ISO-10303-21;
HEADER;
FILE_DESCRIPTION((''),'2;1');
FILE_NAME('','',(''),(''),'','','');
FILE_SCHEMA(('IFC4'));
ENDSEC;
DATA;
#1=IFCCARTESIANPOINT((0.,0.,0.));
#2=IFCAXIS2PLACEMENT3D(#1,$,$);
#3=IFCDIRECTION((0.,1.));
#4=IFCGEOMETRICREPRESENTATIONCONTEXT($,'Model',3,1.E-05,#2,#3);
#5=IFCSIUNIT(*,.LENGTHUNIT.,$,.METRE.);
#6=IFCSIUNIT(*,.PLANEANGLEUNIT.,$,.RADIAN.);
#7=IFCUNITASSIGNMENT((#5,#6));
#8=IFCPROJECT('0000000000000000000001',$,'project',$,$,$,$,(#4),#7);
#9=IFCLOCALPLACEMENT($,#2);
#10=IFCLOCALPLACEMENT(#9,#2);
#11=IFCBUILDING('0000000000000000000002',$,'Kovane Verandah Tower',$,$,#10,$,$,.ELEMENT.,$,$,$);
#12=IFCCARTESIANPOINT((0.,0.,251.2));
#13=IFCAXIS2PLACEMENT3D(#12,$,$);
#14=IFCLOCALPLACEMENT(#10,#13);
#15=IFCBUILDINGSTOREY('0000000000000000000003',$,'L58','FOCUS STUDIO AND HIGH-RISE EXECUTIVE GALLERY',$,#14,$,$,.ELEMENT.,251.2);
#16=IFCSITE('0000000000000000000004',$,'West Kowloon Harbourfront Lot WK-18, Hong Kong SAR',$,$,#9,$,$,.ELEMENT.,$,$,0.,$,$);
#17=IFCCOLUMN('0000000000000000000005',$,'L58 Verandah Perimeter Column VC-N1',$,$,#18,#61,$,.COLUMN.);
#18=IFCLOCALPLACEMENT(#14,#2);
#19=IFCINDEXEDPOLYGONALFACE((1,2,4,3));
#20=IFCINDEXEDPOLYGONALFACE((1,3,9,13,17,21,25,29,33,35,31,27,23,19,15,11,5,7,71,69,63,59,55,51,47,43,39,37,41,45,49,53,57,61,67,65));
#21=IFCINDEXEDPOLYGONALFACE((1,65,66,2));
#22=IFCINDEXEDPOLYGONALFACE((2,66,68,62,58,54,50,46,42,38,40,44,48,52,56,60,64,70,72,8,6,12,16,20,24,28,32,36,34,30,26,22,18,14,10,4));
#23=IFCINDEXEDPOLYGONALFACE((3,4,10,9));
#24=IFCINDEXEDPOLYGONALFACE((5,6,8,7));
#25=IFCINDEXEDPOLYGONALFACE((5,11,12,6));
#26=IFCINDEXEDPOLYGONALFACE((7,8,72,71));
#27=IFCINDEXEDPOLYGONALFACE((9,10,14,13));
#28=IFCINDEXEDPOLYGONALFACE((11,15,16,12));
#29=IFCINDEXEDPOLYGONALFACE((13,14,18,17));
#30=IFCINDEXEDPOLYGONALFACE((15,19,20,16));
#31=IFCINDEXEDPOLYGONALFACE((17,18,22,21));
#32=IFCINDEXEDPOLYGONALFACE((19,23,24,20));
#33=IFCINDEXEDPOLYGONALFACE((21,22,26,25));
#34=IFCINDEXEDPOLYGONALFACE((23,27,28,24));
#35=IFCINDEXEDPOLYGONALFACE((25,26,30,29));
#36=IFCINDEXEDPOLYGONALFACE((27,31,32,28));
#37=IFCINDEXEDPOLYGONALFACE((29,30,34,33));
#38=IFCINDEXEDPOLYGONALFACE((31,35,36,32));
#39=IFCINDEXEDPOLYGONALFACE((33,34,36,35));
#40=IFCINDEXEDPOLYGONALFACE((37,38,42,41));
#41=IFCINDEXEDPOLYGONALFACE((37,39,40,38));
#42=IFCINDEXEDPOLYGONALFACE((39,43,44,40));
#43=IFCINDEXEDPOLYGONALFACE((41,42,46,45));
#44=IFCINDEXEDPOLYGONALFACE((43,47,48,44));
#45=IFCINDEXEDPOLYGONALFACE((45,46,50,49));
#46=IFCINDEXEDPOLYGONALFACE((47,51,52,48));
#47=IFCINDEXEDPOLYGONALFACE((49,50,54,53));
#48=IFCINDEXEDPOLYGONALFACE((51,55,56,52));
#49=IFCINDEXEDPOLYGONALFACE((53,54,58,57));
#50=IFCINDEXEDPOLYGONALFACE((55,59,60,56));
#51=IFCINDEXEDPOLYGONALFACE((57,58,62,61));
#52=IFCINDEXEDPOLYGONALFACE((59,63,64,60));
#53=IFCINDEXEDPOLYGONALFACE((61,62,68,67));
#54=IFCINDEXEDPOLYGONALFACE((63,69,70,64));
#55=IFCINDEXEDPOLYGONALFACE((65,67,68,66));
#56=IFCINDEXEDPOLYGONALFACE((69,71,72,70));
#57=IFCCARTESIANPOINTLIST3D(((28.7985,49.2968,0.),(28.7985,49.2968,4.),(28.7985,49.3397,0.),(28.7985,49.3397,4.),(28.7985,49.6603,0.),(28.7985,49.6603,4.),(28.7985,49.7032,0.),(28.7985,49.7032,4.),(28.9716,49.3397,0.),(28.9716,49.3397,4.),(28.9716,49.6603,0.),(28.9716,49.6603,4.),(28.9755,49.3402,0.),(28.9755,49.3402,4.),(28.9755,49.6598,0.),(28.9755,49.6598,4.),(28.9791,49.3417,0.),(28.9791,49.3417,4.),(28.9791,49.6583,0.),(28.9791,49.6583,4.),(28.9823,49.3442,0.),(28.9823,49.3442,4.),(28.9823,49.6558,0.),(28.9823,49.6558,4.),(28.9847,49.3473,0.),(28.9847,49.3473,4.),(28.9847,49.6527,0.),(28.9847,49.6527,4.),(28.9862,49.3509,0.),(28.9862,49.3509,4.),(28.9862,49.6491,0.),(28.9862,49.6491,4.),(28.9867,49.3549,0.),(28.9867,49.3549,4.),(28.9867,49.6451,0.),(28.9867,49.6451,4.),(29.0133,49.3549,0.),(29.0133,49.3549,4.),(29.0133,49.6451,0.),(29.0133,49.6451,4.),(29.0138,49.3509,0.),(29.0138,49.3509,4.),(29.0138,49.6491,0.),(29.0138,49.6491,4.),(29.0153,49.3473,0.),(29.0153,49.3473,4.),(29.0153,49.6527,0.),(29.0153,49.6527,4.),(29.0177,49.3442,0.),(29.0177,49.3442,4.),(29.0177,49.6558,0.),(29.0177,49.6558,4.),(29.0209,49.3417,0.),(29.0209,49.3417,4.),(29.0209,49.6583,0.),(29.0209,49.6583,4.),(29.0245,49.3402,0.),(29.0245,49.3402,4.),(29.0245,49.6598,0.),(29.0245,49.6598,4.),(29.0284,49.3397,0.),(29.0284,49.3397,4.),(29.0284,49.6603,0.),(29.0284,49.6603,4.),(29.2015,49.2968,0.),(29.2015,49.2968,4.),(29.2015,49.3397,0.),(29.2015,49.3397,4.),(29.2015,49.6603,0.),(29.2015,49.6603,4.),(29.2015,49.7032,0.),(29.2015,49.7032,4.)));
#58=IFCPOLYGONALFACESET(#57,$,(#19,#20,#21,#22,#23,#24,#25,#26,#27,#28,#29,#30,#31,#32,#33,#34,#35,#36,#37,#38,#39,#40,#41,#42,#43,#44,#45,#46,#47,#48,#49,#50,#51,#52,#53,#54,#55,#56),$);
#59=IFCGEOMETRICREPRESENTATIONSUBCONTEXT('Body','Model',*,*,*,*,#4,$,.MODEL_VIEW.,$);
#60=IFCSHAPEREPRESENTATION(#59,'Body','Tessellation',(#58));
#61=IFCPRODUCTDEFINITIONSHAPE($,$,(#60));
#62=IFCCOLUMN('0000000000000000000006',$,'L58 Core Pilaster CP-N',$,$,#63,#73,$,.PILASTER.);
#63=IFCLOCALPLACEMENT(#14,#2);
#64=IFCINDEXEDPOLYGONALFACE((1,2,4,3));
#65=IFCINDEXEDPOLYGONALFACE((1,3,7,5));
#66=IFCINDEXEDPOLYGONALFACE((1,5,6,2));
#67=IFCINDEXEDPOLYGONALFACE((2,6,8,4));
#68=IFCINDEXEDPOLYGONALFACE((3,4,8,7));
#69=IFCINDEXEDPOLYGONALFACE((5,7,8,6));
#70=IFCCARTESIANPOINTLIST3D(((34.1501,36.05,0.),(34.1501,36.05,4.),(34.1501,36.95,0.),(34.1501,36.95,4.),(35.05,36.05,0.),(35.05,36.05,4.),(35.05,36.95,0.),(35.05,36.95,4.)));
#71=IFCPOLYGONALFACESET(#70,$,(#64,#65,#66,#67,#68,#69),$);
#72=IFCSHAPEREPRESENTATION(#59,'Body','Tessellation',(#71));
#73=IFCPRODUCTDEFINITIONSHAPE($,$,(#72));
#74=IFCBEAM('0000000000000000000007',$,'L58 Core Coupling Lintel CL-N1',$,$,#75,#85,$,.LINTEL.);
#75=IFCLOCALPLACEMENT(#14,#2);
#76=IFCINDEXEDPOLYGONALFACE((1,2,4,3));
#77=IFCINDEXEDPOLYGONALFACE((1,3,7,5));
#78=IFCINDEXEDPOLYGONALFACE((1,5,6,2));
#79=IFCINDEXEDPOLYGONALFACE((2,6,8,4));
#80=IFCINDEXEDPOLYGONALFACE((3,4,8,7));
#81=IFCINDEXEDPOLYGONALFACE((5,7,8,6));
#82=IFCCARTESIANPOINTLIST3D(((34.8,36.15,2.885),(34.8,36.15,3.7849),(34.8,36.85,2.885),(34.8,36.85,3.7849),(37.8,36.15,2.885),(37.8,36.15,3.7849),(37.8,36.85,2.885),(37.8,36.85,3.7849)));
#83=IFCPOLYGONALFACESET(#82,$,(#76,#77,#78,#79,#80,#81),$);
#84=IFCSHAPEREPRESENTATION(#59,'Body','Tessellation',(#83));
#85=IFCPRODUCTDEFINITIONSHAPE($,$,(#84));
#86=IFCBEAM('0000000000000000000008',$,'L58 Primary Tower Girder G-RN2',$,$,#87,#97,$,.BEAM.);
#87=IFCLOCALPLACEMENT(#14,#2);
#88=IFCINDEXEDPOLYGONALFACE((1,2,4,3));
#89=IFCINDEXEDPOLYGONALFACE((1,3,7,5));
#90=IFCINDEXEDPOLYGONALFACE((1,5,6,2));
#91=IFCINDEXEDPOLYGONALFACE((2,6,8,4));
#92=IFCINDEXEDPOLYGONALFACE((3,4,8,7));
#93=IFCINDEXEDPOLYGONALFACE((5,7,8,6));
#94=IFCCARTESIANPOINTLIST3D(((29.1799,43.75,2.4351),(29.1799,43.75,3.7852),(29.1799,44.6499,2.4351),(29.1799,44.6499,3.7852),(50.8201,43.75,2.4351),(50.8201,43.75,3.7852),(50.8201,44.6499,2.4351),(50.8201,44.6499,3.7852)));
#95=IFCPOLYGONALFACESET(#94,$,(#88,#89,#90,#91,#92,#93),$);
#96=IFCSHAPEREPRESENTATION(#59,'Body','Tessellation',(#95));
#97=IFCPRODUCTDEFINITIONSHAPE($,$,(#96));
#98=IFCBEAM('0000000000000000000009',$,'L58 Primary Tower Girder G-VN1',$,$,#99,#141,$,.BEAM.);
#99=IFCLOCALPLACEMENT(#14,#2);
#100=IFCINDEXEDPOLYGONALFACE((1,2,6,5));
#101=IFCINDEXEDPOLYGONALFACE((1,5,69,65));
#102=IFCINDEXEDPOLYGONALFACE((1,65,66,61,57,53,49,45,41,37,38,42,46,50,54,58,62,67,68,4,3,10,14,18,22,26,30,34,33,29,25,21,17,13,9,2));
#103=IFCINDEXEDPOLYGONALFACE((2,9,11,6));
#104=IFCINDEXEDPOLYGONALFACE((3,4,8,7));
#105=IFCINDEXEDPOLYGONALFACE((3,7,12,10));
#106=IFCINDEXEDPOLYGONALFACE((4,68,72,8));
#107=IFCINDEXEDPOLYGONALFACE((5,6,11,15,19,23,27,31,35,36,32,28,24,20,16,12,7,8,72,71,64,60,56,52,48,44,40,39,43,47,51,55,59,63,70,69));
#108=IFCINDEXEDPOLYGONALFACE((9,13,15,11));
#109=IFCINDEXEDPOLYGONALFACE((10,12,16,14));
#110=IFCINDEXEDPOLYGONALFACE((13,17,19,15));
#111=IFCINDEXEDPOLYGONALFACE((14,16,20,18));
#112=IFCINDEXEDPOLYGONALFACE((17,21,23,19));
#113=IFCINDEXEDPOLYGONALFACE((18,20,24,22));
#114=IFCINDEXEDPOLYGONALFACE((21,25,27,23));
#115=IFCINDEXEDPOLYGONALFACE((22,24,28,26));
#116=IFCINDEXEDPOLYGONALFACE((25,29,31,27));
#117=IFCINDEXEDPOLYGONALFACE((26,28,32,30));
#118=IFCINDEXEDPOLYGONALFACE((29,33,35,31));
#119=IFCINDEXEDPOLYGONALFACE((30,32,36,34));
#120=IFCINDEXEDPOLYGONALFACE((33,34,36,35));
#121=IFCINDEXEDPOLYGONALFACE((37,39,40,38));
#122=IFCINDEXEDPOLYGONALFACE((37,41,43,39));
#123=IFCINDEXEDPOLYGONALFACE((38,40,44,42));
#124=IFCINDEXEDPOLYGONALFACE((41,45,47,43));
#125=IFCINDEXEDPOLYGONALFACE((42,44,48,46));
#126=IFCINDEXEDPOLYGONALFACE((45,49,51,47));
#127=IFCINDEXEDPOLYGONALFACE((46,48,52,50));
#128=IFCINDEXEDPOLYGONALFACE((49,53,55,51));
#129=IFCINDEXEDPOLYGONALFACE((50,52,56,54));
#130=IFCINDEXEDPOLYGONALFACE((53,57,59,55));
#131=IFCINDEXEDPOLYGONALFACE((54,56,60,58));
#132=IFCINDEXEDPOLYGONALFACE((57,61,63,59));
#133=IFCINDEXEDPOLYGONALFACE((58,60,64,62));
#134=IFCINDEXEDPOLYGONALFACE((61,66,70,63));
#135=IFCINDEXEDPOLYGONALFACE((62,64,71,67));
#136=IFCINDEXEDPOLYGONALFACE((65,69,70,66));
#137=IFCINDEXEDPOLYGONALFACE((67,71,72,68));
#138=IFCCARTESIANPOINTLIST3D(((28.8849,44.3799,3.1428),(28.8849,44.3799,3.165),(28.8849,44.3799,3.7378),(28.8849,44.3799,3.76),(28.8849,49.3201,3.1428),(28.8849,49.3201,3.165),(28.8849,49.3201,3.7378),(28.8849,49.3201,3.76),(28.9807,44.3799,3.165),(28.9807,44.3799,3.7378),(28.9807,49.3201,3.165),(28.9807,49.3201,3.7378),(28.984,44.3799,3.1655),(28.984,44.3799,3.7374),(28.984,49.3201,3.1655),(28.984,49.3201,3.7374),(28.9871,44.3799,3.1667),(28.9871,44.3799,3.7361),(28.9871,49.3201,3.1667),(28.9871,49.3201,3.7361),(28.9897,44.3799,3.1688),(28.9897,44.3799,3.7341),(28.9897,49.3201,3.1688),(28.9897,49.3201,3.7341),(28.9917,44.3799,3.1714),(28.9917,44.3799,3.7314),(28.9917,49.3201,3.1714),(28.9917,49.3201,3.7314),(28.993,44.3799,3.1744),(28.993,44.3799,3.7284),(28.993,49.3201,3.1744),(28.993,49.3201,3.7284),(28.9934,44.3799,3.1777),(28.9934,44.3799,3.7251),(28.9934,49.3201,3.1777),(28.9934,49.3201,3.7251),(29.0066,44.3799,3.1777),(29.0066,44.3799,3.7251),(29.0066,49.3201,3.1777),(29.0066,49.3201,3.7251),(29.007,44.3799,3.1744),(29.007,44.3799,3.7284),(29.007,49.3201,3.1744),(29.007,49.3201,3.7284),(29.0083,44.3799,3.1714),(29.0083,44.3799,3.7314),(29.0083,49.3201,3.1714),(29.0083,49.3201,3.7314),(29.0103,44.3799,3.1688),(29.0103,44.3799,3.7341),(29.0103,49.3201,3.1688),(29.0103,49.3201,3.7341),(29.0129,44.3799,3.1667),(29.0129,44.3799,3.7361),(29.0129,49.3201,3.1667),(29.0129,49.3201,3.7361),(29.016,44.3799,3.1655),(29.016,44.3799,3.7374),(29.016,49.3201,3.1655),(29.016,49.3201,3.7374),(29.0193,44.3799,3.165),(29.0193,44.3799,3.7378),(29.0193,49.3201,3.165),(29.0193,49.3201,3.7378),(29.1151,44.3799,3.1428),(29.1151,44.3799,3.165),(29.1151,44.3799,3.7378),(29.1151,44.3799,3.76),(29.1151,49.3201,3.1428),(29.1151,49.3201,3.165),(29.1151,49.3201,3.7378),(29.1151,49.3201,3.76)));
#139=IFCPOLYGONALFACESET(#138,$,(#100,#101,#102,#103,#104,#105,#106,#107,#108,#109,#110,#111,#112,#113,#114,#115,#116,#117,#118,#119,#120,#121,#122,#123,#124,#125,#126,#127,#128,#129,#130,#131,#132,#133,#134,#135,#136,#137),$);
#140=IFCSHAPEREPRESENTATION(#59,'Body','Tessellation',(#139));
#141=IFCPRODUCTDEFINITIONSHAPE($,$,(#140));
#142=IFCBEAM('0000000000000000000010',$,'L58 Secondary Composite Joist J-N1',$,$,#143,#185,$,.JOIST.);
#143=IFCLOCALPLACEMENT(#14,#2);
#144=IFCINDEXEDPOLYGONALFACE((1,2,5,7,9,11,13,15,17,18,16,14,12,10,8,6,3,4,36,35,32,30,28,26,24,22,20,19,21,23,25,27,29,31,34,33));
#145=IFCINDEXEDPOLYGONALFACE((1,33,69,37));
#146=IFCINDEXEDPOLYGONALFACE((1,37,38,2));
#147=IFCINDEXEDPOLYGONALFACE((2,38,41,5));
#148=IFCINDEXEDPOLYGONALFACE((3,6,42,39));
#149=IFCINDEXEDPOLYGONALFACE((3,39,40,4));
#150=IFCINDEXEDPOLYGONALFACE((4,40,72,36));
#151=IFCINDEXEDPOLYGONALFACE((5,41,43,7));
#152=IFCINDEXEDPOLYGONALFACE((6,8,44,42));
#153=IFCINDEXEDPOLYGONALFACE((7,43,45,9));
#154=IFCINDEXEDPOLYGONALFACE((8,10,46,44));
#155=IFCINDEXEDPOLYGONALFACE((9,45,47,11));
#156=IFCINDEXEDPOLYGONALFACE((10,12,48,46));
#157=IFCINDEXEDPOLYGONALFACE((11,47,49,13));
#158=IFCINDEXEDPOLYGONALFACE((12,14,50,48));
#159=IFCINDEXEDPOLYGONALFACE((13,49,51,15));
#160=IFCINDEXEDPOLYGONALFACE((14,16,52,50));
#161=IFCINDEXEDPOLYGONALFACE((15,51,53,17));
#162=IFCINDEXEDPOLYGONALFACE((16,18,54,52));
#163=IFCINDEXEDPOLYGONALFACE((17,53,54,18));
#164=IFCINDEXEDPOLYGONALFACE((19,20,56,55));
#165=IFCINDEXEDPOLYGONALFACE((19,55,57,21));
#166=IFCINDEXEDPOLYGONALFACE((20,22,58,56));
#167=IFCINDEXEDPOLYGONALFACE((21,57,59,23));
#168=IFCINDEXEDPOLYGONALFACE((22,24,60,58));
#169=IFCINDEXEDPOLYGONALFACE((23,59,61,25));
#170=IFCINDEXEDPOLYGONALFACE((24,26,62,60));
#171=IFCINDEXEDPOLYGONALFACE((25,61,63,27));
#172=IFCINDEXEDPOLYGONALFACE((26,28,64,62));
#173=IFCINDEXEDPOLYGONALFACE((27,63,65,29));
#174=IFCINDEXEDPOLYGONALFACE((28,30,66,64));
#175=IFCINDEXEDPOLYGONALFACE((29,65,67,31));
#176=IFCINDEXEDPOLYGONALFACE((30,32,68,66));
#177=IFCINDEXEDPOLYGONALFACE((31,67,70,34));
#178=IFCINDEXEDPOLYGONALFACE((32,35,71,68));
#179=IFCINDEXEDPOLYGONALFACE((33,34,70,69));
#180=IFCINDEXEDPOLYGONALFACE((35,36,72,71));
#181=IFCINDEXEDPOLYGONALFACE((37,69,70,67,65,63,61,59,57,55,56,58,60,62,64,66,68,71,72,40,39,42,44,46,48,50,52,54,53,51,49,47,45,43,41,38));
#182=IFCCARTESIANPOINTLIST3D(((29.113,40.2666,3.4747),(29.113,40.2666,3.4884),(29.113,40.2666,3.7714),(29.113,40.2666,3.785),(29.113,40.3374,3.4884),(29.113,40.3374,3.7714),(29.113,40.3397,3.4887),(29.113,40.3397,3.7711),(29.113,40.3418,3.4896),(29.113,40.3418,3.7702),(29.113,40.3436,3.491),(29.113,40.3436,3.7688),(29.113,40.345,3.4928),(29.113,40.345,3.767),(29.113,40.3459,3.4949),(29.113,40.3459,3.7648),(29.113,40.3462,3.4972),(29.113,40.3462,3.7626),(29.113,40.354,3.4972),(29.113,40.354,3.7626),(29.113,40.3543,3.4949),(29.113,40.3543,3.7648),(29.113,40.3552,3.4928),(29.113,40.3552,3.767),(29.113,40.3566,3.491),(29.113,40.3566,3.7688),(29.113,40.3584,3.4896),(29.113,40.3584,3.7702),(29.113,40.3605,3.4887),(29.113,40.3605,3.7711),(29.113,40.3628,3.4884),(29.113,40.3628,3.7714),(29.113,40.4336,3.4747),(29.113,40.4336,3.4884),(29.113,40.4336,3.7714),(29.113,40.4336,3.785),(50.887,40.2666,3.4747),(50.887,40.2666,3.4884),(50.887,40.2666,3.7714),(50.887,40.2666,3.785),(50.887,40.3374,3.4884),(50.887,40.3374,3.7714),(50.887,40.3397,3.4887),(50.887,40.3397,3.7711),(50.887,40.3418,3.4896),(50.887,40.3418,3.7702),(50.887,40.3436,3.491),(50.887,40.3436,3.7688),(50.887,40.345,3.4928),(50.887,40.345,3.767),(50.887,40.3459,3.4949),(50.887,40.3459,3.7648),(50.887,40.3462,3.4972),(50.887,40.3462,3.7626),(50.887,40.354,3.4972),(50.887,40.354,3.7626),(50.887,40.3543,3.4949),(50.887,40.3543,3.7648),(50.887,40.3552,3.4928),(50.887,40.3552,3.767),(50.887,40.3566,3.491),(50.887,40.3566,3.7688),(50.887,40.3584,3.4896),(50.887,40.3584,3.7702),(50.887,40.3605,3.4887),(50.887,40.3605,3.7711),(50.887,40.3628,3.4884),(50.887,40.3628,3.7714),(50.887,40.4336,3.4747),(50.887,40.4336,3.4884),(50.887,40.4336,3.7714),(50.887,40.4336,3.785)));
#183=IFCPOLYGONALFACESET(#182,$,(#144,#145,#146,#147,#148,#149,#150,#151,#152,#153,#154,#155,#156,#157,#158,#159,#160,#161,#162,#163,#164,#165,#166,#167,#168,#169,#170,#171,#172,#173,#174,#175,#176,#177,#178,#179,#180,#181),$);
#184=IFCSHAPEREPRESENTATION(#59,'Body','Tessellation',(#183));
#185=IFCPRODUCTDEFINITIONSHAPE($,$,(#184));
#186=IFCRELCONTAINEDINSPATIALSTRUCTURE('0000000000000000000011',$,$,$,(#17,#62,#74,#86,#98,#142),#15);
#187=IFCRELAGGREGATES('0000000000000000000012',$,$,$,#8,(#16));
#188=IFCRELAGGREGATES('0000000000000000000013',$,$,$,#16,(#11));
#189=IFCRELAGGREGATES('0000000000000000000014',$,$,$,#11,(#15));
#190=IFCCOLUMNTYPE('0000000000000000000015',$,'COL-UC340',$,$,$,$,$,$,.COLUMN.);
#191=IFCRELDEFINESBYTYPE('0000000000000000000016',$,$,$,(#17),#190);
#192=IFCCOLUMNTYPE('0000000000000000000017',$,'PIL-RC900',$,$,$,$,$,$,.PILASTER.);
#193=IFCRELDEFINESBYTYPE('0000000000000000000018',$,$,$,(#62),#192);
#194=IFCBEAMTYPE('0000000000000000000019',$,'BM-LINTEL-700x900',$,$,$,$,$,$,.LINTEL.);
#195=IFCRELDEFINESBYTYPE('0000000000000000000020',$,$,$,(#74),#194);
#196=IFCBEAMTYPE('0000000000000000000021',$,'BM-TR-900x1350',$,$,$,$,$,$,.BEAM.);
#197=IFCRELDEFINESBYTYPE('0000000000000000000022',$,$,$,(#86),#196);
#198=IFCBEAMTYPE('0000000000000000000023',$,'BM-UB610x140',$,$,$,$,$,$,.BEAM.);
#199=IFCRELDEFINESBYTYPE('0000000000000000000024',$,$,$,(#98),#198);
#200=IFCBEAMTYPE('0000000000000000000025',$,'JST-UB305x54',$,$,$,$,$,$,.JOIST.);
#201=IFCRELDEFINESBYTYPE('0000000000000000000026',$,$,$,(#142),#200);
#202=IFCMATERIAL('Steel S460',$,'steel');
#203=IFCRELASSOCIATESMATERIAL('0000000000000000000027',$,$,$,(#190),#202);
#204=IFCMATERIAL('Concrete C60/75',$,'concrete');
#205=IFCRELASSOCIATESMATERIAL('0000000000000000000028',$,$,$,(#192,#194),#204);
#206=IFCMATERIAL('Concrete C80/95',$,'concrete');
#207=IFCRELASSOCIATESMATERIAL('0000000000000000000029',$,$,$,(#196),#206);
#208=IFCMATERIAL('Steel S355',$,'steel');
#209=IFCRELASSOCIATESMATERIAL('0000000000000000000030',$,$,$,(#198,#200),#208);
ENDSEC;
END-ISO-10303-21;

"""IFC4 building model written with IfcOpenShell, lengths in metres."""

from ifc_helpers import new_model, si_unit, direction, frame, origin, origin_2d, place, context, subcontext, project, spatial, rectangle, i_section, extrude, material, material_profile, profile_set, type_object, element, save


model = new_model("IFC4")

# Units and contexts
model_context = context("Model", 3, precision=1e-05, world=origin(), true_north=direction((0.0, 1.0)))
body_context = subcontext(model_context, "Body", "Model", "MODEL_VIEW")
ifc_project = project(units=[si_unit("LENGTHUNIT", "METRE"), si_unit("PLANEANGLEUNIT", "RADIAN")], contexts=[model_context])

# Site, building, storey
site_placement = place(None, origin())
site = spatial("IfcSite", under=ifc_project, at=site_placement, Name="West Kowloon Harbourfront Lot WK-18, Hong Kong SAR", CompositionType="ELEMENT", RefElevation=0.0)
building_placement = place(site_placement, origin())
building = spatial("IfcBuilding", under=site, at=building_placement, Name="Kovane Verandah Tower", CompositionType="ELEMENT")
storey_placement = place(building_placement, frame((0.0, 0.0, 251.2)))
storey = spatial("IfcBuildingStorey", under=building, at=storey_placement, Name="L58", Description="FOCUS STUDIO AND HIGH-RISE EXECUTIVE GALLERY", CompositionType="ELEMENT", Elevation=251.2)

# Columns
ifc_material_1 = material(Name="Steel S460", Category="steel")
ifc_material_profile_1 = material_profile(ifc_material_1, i_section(OverallWidth=0.4031, OverallDepth=0.4065, WebThickness=0.0266, FlangeThickness=0.043, FilletRadius=0.0151, at=origin_2d()), Name="UC356x406x340")
ifc_profile_set_1 = profile_set([ifc_material_profile_1], Name="Steel S460")
column_type_1 = type_object("IfcColumnType", Name="COL-UC340", PredefinedType="COLUMN", material=ifc_profile_set_1)
column_1_placement = place(storey_placement, frame((29.0, 49.5, 0.0), z_axis=(0.0, 0.0, 1.0), x_axis=(1.0, 0.0, 0.0)))
element("IfcColumn", 1, at=column_1_placement, inside=storey, type_object=column_type_1, Name="L58 Verandah Perimeter Column VC-N1", PredefinedType="COLUMN", context=body_context, shape_type="SweptSolid", body=[
    extrude(i_section(OverallWidth=0.4031, OverallDepth=0.4065, WebThickness=0.0266, FlangeThickness=0.043, FilletRadius=0.0151, at=origin_2d()), origin(), (0.0, 0.0, 1.0), 4.0),
])
ifc_material_2 = material(Name="Concrete C60/75", Category="concrete")
ifc_material_profile_2 = material_profile(ifc_material_2, rectangle(XDim=0.8999, YDim=0.8999, at=origin_2d()), Name="RC900x900")
ifc_profile_set_2 = profile_set([ifc_material_profile_2], Name="Concrete C60/75")
column_type_2 = type_object("IfcColumnType", Name="PIL-RC900", PredefinedType="PILASTER", material=ifc_profile_set_2)
column_2_placement = place(storey_placement, frame((34.6001, 36.5, 0.0), z_axis=(0.0, 0.0, 1.0), x_axis=(1.0, 0.0, 0.0)))
element("IfcColumn", 2, at=column_2_placement, inside=storey, type_object=column_type_2, Name="L58 Core Pilaster CP-N", PredefinedType="PILASTER", context=body_context, shape_type="SweptSolid", body=[
    extrude(rectangle(XDim=0.8999, YDim=0.8999, at=origin_2d()), origin(), (0.0, 0.0, 1.0), 4.0),
])

# Beams
ifc_material_profile_3 = material_profile(ifc_material_2, rectangle(XDim=0.7, YDim=0.8999, at=origin_2d()), Name="RCB700x900")
ifc_profile_set_3 = profile_set([ifc_material_profile_3], Name="Concrete C60/75")
beam_type_1 = type_object("IfcBeamType", Name="BM-LINTEL-700x900", PredefinedType="LINTEL", material=ifc_profile_set_3)
beam_1_placement = place(storey_placement, frame((34.8, 36.5, 3.335), z_axis=(1.0, 0.0, 0.0), x_axis=(0.0, 1.0, 0.0)))
element("IfcBeam", 3, at=beam_1_placement, inside=storey, type_object=beam_type_1, Name="L58 Core Coupling Lintel CL-N1", PredefinedType="LINTEL", context=body_context, shape_type="SweptSolid", body=[
    extrude(rectangle(XDim=0.7, YDim=0.8999, at=origin_2d()), origin(), (0.0, 0.0, 1.0), 3.0),
])
ifc_material_3 = material(Name="Concrete C80/95", Category="concrete")
ifc_material_profile_4 = material_profile(ifc_material_3, rectangle(XDim=0.8999, YDim=1.3501, at=origin_2d()), Name="RCB900x1350")
ifc_profile_set_4 = profile_set([ifc_material_profile_4], Name="Concrete C80/95")
beam_type_2 = type_object("IfcBeamType", Name="BM-TR-900x1350", PredefinedType="BEAM", material=ifc_profile_set_4)
beam_2_placement = place(storey_placement, frame((29.1799, 44.2, 3.1101), z_axis=(1.0, 0.0, 0.0), x_axis=(0.0, 1.0, 0.0)))
element("IfcBeam", 4, at=beam_2_placement, inside=storey, type_object=beam_type_2, Name="L58 Primary Tower Girder G-RN2", PredefinedType="BEAM", context=body_context, shape_type="SweptSolid", body=[
    extrude(rectangle(XDim=0.8999, YDim=1.3501, at=origin_2d()), origin(), (0.0, 0.0, 1.0), 21.6401),
])
ifc_material_4 = material(Name="Steel S355", Category="steel")
ifc_material_profile_5 = material_profile(ifc_material_4, i_section(OverallWidth=0.2302, OverallDepth=0.6172, WebThickness=0.0132, FlangeThickness=0.0222, FilletRadius=0.0127, at=origin_2d()), Name="UB610x229x140")
ifc_profile_set_5 = profile_set([ifc_material_profile_5], Name="Steel S355")
beam_type_3 = type_object("IfcBeamType", Name="BM-UB610x140", PredefinedType="BEAM", material=ifc_profile_set_5)
beam_3_placement = place(storey_placement, frame((29.0, 44.3799, 3.4514), z_axis=(0.0, 1.0, 0.0), x_axis=(-1.0, 0.0, 0.0)))
element("IfcBeam", 5, at=beam_3_placement, inside=storey, type_object=beam_type_3, Name="L58 Primary Tower Girder G-VN1", PredefinedType="BEAM", context=body_context, shape_type="SweptSolid", body=[
    extrude(i_section(OverallWidth=0.2302, OverallDepth=0.6172, WebThickness=0.0132, FlangeThickness=0.0222, FilletRadius=0.0127, at=origin_2d()), origin(), (0.0, 0.0, 1.0), 4.9402),
])
ifc_material_profile_6 = material_profile(ifc_material_4, i_section(OverallWidth=0.167, OverallDepth=0.3103, WebThickness=0.0078, FlangeThickness=0.0137, FilletRadius=0.0088, at=origin_2d()), Name="UB305x165x54")
ifc_profile_set_6 = profile_set([ifc_material_profile_6], Name="Steel S355")
beam_type_4 = type_object("IfcBeamType", Name="JST-UB305x54", PredefinedType="JOIST", material=ifc_profile_set_6)
beam_4_placement = place(storey_placement, frame((29.113, 40.3501, 3.6299), z_axis=(1.0, 0.0, 0.0), x_axis=(0.0, 1.0, 0.0)))
element("IfcBeam", 6, at=beam_4_placement, inside=storey, type_object=beam_type_4, Name="L58 Secondary Composite Joist J-N1", PredefinedType="JOIST", context=body_context, shape_type="SweptSolid", body=[
    extrude(i_section(OverallWidth=0.167, OverallDepth=0.3103, WebThickness=0.0078, FlangeThickness=0.0137, FilletRadius=0.0088, at=origin_2d()), origin(), (0.0, 0.0, 1.0), 21.7739),
])

save(model, "model.ifc")
